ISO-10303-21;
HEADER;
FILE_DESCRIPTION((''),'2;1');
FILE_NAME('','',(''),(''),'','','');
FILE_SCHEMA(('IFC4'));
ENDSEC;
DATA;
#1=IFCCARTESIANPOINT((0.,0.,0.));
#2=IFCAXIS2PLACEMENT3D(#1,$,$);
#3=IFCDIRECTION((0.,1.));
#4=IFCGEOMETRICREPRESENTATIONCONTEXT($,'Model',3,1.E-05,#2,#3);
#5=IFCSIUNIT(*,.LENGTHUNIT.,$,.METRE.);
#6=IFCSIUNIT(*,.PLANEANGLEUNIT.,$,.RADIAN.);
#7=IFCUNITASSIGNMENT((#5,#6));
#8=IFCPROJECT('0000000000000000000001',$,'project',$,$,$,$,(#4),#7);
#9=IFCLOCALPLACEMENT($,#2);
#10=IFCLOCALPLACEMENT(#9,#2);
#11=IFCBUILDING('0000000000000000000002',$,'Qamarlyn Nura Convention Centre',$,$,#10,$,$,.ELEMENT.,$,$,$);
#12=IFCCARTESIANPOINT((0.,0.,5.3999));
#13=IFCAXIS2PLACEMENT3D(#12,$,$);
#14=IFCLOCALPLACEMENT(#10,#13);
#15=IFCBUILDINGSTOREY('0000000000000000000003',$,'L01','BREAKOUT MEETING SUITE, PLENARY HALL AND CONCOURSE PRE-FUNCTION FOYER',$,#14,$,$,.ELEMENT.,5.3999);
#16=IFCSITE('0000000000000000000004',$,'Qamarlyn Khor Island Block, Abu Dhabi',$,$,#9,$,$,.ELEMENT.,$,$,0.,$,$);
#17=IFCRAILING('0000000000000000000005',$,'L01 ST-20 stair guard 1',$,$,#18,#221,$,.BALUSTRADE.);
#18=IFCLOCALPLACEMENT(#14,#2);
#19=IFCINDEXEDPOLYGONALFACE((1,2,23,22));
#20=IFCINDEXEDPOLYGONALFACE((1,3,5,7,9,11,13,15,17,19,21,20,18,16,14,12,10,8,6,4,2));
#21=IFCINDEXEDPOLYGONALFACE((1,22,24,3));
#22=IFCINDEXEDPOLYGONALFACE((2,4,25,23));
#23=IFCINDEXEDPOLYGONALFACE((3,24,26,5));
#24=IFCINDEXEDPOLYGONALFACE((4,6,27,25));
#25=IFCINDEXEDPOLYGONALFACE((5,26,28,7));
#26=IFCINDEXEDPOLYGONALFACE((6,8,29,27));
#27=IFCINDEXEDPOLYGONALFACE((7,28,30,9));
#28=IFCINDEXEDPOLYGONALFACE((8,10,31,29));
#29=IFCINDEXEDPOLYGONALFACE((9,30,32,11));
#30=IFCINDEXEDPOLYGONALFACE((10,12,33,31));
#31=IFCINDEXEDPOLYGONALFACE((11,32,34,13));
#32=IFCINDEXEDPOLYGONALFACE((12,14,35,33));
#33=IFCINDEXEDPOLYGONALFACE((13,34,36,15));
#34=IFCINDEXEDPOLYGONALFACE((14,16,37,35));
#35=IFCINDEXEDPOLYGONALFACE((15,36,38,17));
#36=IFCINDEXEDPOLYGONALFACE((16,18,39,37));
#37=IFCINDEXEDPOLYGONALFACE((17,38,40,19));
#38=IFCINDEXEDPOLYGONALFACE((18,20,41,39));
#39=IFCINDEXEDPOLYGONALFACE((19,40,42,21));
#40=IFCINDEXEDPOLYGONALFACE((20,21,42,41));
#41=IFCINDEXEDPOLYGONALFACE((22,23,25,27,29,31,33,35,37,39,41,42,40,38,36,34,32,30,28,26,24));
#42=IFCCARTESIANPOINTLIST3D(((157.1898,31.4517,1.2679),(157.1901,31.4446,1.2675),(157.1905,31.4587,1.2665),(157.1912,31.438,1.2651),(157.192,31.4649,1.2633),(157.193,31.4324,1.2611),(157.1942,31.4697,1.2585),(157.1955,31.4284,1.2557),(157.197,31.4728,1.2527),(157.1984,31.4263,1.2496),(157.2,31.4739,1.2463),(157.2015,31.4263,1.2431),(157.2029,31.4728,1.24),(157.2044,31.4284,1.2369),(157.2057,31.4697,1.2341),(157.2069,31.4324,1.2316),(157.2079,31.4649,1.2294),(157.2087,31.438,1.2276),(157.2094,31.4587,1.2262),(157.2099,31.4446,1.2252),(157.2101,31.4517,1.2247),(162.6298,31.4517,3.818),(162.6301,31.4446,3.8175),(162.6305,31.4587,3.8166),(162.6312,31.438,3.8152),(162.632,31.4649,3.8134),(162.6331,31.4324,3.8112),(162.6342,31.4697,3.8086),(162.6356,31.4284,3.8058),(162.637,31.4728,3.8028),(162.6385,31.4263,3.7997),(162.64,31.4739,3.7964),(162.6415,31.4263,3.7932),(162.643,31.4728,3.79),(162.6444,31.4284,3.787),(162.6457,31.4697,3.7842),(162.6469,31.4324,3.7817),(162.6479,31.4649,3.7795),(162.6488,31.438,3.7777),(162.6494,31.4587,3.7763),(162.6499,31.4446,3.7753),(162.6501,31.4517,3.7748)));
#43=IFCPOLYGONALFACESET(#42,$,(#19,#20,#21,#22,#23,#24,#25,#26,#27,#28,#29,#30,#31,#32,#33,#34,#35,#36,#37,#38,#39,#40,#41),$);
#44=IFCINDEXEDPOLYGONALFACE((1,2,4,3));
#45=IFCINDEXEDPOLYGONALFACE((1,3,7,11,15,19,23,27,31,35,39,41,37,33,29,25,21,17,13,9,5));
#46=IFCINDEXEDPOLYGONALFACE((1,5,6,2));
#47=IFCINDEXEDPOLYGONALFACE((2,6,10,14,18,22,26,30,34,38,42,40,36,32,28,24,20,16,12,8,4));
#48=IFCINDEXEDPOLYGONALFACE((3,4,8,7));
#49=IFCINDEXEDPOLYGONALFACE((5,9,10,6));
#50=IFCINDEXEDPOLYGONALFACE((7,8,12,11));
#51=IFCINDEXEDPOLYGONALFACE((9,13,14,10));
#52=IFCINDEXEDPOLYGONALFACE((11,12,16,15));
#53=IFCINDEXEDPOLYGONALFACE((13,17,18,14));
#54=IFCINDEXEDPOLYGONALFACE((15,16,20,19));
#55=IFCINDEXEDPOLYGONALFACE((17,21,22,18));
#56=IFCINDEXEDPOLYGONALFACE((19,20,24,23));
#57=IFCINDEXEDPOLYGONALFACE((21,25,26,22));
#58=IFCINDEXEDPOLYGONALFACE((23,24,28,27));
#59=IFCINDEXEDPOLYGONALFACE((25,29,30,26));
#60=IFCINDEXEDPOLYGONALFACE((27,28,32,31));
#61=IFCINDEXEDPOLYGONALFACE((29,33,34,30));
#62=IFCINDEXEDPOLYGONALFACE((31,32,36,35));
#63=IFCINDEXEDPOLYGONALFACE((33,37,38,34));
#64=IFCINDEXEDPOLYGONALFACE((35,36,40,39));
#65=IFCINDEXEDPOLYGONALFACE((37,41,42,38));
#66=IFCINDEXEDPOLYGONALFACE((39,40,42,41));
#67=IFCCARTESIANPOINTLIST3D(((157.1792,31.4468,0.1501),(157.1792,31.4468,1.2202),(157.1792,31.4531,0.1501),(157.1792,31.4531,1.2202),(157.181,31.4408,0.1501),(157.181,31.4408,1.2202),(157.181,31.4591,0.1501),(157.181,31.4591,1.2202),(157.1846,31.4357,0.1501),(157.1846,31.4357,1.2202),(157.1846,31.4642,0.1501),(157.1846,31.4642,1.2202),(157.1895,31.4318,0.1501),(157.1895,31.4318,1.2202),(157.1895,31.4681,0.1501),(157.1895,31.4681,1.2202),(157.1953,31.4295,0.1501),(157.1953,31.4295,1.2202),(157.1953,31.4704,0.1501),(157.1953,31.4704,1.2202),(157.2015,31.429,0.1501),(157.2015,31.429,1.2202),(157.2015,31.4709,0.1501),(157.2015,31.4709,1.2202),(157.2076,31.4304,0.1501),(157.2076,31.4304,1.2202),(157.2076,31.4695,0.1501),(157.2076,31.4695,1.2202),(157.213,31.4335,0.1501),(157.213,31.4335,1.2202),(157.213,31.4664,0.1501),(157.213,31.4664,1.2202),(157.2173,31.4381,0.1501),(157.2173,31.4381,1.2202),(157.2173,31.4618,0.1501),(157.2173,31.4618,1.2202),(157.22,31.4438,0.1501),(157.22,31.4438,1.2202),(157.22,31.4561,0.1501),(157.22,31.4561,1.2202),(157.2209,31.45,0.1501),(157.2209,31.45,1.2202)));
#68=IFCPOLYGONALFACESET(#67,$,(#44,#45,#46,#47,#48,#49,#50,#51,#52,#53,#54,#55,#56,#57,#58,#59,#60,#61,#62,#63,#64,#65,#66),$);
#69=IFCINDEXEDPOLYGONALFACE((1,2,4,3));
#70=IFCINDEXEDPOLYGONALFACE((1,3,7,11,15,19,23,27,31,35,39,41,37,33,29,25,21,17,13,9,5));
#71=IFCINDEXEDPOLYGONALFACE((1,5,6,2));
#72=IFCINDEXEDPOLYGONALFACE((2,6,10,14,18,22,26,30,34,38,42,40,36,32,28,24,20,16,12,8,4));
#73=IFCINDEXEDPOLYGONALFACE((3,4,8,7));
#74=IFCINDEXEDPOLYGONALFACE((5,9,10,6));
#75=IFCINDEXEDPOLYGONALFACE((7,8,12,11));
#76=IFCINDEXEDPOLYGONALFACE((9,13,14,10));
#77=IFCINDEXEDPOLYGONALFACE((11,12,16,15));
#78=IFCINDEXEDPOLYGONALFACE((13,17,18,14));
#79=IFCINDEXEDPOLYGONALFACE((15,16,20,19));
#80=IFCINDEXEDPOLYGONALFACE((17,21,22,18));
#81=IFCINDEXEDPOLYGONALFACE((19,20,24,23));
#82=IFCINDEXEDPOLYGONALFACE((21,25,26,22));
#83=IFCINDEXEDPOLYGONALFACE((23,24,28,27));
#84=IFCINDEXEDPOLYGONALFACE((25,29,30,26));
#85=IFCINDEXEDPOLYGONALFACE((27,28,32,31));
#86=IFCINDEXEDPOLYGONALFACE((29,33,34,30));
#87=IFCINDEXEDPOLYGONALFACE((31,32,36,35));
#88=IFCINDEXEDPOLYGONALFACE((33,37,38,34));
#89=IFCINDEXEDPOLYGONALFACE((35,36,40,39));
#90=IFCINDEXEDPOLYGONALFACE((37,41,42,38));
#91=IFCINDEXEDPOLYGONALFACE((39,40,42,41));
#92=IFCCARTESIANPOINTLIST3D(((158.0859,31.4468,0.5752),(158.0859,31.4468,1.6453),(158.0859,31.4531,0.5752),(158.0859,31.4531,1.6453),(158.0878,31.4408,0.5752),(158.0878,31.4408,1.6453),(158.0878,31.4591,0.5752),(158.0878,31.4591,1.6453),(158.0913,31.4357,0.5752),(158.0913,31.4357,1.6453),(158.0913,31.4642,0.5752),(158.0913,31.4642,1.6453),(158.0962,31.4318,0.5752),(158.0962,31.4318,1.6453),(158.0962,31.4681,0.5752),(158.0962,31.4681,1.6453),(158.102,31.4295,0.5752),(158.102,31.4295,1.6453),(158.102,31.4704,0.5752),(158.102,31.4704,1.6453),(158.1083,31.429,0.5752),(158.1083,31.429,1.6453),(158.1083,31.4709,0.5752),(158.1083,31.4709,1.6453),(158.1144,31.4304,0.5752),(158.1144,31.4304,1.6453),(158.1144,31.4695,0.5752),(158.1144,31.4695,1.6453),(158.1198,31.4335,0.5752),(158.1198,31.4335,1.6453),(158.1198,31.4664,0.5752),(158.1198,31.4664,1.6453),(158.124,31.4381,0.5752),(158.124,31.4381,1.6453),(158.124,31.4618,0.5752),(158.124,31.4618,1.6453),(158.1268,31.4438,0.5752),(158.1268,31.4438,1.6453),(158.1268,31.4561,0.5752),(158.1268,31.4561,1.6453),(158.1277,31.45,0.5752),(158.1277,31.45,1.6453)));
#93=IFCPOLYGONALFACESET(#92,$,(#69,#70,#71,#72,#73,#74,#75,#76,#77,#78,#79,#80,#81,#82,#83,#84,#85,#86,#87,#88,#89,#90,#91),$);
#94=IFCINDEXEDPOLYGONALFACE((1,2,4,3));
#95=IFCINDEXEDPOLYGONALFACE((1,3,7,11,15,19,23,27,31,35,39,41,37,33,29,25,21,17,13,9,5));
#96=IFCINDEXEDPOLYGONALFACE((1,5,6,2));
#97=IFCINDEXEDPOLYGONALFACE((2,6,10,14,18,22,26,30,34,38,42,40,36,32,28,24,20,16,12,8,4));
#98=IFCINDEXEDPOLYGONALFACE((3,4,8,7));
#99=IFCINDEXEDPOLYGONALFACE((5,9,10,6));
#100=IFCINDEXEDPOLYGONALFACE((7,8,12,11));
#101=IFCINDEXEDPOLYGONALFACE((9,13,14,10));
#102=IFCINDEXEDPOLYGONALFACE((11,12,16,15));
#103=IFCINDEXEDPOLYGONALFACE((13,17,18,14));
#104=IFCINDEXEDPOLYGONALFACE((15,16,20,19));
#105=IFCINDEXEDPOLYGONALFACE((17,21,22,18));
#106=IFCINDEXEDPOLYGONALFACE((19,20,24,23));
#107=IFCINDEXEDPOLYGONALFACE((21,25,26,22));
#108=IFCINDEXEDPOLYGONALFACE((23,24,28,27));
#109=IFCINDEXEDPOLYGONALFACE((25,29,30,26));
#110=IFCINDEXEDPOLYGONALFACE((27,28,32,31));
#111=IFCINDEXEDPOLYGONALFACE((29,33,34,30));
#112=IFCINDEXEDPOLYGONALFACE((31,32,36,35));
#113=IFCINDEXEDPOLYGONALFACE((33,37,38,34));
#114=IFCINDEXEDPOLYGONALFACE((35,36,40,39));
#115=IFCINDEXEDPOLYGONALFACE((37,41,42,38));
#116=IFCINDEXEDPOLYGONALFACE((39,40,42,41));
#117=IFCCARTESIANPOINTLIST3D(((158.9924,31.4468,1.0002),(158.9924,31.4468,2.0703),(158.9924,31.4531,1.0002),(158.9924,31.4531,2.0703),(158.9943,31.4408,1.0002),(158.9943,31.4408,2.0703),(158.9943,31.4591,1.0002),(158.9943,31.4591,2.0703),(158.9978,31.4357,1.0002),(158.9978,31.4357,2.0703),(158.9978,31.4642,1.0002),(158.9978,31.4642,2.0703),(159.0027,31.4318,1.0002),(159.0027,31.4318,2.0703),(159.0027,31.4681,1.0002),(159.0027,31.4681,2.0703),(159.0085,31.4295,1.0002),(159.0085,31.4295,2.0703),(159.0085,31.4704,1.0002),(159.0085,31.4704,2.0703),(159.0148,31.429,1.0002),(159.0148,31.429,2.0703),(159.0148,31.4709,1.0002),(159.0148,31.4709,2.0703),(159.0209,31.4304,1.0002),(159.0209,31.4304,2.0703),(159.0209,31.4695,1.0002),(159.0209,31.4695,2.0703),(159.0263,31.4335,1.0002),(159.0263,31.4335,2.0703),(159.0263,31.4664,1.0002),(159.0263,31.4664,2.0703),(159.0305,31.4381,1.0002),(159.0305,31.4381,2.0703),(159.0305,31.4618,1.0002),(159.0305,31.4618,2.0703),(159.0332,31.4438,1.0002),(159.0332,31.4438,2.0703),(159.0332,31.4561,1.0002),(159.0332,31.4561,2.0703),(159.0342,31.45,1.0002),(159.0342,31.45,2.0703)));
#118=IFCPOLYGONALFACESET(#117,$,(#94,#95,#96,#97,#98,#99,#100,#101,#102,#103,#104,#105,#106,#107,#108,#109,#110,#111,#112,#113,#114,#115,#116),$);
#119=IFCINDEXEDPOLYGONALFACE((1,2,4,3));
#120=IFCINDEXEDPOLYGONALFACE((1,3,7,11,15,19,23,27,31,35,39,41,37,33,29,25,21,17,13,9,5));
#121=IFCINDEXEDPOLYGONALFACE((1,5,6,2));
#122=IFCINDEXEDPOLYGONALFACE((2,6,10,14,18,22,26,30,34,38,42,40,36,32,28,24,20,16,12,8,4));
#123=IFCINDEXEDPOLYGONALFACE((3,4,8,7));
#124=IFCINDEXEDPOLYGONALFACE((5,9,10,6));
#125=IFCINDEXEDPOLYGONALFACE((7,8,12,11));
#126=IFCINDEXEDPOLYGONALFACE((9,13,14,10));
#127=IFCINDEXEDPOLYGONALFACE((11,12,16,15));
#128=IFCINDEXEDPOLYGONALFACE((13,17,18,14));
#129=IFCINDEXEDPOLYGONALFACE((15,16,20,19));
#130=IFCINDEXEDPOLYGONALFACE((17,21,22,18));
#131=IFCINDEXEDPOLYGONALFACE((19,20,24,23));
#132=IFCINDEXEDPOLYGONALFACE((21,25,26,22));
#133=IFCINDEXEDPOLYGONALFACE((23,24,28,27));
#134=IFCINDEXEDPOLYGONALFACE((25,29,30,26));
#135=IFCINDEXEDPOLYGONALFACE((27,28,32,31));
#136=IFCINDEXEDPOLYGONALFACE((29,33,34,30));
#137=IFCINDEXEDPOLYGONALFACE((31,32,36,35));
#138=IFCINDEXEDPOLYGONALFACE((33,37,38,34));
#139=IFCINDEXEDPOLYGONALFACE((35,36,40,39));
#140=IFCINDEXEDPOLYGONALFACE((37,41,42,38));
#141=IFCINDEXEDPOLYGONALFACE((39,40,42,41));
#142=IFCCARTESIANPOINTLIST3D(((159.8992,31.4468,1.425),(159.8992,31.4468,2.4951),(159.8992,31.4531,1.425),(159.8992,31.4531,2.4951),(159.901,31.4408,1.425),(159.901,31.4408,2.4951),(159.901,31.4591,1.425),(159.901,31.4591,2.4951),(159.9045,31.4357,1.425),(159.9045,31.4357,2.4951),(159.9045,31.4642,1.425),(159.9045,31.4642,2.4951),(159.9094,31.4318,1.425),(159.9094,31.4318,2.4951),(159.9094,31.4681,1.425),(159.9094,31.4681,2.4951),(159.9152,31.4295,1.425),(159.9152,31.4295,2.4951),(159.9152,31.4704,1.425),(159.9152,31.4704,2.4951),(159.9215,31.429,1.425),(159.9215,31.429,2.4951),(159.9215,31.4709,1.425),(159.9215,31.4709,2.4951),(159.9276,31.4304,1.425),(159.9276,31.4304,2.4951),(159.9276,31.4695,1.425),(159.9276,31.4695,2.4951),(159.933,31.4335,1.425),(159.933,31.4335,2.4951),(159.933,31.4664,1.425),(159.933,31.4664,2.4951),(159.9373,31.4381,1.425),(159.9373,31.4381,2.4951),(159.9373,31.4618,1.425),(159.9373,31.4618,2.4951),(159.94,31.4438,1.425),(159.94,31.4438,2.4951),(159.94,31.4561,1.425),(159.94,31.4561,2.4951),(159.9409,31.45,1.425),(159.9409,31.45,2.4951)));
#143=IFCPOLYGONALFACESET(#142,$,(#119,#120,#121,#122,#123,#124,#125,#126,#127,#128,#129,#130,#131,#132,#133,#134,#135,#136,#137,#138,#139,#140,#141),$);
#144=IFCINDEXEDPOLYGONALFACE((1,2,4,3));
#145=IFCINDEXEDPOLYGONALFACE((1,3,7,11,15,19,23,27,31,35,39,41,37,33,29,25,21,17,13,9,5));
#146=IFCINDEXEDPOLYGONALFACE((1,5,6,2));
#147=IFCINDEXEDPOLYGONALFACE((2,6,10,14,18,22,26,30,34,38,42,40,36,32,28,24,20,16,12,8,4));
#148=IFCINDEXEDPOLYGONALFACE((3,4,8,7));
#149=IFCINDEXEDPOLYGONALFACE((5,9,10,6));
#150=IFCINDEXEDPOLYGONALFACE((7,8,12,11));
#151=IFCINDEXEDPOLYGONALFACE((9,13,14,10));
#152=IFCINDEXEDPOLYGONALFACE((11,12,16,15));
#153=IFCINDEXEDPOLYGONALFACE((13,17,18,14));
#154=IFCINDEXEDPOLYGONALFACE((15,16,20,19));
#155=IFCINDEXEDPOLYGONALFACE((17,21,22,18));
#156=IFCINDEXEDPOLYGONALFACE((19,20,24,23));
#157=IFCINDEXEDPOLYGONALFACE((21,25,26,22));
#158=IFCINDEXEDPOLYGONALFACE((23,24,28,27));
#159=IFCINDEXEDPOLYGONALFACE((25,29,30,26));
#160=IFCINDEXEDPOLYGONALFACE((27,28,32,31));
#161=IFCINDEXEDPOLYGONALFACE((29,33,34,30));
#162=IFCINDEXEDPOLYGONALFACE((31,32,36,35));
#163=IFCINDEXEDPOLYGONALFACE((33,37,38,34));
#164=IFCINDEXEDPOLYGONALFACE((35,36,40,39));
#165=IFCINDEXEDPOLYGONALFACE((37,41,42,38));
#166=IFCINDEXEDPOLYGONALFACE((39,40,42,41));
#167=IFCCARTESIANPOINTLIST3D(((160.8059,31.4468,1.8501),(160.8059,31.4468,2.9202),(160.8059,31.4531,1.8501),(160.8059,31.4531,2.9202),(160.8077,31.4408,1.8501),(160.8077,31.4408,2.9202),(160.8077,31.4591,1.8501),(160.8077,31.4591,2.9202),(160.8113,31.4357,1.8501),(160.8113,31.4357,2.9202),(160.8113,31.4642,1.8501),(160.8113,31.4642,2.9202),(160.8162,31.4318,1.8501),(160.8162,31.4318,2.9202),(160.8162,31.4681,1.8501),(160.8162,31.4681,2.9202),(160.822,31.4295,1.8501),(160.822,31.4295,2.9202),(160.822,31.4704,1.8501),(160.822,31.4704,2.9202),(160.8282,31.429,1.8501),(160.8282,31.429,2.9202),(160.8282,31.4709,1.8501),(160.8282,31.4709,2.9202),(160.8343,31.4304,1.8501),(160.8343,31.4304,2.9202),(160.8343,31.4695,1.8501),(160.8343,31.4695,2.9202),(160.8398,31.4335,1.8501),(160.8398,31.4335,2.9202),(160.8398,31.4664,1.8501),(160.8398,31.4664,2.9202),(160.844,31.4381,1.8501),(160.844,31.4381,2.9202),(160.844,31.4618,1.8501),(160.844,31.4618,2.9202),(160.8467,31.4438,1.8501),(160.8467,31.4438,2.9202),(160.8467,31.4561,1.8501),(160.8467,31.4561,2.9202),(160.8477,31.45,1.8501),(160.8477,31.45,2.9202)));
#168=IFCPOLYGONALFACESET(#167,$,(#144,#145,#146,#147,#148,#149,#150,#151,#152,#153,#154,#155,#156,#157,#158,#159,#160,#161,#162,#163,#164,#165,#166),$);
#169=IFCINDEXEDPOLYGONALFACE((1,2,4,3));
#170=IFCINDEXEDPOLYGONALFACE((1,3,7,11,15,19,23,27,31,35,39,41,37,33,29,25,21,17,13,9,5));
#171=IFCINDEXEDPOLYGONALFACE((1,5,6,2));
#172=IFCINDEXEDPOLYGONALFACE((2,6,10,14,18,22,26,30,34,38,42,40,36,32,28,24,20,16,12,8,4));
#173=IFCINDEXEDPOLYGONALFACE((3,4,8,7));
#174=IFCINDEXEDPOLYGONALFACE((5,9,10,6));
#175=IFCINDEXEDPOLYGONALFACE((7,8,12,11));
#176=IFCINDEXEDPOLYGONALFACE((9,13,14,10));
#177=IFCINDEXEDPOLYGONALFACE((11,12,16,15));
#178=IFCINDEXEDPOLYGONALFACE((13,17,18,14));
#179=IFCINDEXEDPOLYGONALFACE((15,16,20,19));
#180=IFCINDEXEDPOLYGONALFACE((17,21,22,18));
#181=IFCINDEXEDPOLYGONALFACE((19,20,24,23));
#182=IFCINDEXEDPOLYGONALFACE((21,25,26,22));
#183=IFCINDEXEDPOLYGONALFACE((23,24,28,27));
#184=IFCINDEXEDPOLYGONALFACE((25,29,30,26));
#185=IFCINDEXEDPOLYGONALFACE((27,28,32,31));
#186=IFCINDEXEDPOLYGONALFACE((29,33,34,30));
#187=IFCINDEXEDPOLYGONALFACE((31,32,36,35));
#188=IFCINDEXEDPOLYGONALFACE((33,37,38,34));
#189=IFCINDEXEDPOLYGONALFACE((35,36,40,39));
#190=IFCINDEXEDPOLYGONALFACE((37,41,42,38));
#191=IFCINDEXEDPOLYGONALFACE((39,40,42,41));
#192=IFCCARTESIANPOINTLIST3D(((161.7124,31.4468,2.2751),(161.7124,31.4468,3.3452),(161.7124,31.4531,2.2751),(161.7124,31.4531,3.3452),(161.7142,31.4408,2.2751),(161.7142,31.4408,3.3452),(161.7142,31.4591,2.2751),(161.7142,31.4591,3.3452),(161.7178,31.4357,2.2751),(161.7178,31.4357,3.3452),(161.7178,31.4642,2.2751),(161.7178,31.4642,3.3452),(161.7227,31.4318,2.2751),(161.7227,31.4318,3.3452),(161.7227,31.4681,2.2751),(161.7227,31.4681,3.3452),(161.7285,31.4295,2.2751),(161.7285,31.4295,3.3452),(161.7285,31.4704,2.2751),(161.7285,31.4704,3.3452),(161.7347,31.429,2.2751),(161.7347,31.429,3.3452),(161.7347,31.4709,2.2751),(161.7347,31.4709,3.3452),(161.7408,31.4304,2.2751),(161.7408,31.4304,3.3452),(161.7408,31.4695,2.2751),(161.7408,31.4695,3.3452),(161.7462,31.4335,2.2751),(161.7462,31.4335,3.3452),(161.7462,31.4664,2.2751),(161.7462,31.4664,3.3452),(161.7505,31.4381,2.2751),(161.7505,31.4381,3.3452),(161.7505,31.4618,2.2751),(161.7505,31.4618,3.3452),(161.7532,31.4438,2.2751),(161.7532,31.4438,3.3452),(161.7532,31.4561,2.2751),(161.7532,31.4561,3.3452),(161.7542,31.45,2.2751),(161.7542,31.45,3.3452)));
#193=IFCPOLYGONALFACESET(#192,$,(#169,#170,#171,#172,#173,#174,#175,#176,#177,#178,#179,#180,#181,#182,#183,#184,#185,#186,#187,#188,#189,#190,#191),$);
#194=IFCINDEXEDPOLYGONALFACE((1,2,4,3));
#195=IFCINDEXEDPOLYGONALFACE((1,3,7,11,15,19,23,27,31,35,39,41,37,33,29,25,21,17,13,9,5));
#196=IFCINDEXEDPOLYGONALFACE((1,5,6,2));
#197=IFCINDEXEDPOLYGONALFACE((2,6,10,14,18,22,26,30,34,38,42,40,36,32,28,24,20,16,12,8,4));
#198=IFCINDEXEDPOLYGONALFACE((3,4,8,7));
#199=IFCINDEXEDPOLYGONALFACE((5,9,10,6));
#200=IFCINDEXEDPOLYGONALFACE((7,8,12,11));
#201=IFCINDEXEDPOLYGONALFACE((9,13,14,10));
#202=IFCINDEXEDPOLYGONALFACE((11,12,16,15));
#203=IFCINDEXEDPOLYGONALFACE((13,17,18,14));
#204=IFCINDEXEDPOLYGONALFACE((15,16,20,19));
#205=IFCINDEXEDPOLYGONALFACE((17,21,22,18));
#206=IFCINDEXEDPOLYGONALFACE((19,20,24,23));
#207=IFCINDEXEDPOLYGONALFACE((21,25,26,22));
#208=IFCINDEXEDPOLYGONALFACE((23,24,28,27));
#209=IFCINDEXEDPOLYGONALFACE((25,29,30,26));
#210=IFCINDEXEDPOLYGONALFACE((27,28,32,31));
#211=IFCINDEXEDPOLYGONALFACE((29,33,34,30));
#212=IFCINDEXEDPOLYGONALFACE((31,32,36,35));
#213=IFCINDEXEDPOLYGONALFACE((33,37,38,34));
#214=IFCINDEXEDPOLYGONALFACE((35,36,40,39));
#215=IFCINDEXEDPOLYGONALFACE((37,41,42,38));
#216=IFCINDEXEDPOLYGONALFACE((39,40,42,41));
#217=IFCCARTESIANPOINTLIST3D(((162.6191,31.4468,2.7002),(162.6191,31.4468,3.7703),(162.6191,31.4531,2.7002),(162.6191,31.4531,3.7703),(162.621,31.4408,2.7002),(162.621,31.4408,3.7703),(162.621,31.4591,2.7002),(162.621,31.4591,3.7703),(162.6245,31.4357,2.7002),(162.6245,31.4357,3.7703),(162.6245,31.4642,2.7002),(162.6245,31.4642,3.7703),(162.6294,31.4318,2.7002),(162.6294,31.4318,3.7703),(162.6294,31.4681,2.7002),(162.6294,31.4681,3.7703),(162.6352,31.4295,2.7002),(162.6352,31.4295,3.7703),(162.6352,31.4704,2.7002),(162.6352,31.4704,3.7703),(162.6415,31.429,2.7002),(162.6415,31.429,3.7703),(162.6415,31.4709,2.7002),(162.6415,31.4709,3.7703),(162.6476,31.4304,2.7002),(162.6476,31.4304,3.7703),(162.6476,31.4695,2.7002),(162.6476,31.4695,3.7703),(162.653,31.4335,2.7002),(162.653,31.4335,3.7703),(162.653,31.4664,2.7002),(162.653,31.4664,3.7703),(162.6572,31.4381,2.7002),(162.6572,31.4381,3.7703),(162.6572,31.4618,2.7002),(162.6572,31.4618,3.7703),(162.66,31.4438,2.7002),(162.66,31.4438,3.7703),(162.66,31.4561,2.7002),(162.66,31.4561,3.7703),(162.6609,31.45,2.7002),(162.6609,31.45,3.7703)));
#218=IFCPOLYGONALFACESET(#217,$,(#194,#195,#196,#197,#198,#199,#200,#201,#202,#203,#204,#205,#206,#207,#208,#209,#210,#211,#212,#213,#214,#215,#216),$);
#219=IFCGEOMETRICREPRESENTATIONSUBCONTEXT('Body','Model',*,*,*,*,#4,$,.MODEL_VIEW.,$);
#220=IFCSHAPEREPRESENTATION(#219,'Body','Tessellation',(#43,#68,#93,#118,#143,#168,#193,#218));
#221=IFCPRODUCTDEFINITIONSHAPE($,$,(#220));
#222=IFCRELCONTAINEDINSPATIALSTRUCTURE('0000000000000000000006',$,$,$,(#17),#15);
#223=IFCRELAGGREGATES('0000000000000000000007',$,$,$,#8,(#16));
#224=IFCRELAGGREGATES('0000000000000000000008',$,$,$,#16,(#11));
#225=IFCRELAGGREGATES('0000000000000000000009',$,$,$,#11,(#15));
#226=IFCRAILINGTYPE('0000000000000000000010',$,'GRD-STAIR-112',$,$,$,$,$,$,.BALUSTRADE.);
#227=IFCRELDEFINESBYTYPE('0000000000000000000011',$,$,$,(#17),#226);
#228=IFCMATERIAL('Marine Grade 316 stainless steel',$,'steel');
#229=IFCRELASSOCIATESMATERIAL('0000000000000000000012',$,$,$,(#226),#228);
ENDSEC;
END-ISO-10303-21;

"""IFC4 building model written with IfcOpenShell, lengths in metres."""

from ifc_helpers import new_model, si_unit, direction, frame, origin, origin_2d, place, context, subcontext, project, spatial, circle, extrude, material, type_object, element, save


model = new_model("IFC4")

# Units and contexts
model_context = context("Model", 3, precision=1e-05, world=origin(), true_north=direction((0.0, 1.0)))
body_context = subcontext(model_context, "Body", "Model", "MODEL_VIEW")
ifc_project = project(units=[si_unit("LENGTHUNIT", "METRE"), si_unit("PLANEANGLEUNIT", "RADIAN")], contexts=[model_context])

# Site, building, storey
site_placement = place(None, origin())
site = spatial("IfcSite", under=ifc_project, at=site_placement, Name="Qamarlyn Khor Island Block, Abu Dhabi", CompositionType="ELEMENT", RefElevation=0.0)
building_placement = place(site_placement, origin())
building = spatial("IfcBuilding", under=site, at=building_placement, Name="Qamarlyn Nura Convention Centre", CompositionType="ELEMENT")
storey_placement = place(building_placement, frame((0.0, 0.0, 5.3999)))
storey = spatial("IfcBuildingStorey", under=building, at=storey_placement, Name="L01", Description="BREAKOUT MEETING SUITE, PLENARY HALL AND CONCOURSE PRE-FUNCTION FOYER", CompositionType="ELEMENT", Elevation=5.3999)

# Railing
ifc_material_1 = material(Name="Marine Grade 316 stainless steel", Category="steel")
railing_type_1 = type_object("IfcRailingType", Name="GRD-STAIR-112", PredefinedType="BALUSTRADE", material=ifc_material_1)
railing_1_placement = place(storey_placement, frame((157.2, 31.45, 0.1501)))
element("IfcRailing", 1, at=railing_1_placement, inside=storey, type_object=railing_type_1, Name="L01 ST-20 stair guard 1", PredefinedType="BALUSTRADE", context=body_context, shape_type="SweptSolid", body=[
    extrude(circle(Radius=0.0239, at=origin_2d()), frame((0.0, 0.0, 1.0962), z_axis=(0.905454, 0.0, 0.424444), x_axis=(0.0, 1.0, 0.0)), (0.0, 0.0, 1.0), 6.0081),
    extrude(circle(Radius=0.021, at=origin_2d()), origin(), (0.0, 0.0, 1.0), 1.0701),
    extrude(circle(Radius=0.021, at=origin_2d()), frame((0.9067, 0.0, 0.425)), (0.0, 0.0, 1.0), 1.0701),
    extrude(circle(Radius=0.021, at=origin_2d()), frame((1.8132, 0.0, 0.8501)), (0.0, 0.0, 1.0), 1.0701),
    extrude(circle(Radius=0.021, at=origin_2d()), frame((2.72, 0.0, 1.2749)), (0.0, 0.0, 1.0), 1.0701),
    extrude(circle(Radius=0.021, at=origin_2d()), frame((3.6267, 0.0, 1.7)), (0.0, 0.0, 1.0), 1.0701),
    extrude(circle(Radius=0.021, at=origin_2d()), frame((4.5332, 0.0, 2.125)), (0.0, 0.0, 1.0), 1.0701),
    extrude(circle(Radius=0.021, at=origin_2d()), frame((5.4399, 0.0, 2.55)), (0.0, 0.0, 1.0), 1.0701),
])

save(model, "model.ifc")
